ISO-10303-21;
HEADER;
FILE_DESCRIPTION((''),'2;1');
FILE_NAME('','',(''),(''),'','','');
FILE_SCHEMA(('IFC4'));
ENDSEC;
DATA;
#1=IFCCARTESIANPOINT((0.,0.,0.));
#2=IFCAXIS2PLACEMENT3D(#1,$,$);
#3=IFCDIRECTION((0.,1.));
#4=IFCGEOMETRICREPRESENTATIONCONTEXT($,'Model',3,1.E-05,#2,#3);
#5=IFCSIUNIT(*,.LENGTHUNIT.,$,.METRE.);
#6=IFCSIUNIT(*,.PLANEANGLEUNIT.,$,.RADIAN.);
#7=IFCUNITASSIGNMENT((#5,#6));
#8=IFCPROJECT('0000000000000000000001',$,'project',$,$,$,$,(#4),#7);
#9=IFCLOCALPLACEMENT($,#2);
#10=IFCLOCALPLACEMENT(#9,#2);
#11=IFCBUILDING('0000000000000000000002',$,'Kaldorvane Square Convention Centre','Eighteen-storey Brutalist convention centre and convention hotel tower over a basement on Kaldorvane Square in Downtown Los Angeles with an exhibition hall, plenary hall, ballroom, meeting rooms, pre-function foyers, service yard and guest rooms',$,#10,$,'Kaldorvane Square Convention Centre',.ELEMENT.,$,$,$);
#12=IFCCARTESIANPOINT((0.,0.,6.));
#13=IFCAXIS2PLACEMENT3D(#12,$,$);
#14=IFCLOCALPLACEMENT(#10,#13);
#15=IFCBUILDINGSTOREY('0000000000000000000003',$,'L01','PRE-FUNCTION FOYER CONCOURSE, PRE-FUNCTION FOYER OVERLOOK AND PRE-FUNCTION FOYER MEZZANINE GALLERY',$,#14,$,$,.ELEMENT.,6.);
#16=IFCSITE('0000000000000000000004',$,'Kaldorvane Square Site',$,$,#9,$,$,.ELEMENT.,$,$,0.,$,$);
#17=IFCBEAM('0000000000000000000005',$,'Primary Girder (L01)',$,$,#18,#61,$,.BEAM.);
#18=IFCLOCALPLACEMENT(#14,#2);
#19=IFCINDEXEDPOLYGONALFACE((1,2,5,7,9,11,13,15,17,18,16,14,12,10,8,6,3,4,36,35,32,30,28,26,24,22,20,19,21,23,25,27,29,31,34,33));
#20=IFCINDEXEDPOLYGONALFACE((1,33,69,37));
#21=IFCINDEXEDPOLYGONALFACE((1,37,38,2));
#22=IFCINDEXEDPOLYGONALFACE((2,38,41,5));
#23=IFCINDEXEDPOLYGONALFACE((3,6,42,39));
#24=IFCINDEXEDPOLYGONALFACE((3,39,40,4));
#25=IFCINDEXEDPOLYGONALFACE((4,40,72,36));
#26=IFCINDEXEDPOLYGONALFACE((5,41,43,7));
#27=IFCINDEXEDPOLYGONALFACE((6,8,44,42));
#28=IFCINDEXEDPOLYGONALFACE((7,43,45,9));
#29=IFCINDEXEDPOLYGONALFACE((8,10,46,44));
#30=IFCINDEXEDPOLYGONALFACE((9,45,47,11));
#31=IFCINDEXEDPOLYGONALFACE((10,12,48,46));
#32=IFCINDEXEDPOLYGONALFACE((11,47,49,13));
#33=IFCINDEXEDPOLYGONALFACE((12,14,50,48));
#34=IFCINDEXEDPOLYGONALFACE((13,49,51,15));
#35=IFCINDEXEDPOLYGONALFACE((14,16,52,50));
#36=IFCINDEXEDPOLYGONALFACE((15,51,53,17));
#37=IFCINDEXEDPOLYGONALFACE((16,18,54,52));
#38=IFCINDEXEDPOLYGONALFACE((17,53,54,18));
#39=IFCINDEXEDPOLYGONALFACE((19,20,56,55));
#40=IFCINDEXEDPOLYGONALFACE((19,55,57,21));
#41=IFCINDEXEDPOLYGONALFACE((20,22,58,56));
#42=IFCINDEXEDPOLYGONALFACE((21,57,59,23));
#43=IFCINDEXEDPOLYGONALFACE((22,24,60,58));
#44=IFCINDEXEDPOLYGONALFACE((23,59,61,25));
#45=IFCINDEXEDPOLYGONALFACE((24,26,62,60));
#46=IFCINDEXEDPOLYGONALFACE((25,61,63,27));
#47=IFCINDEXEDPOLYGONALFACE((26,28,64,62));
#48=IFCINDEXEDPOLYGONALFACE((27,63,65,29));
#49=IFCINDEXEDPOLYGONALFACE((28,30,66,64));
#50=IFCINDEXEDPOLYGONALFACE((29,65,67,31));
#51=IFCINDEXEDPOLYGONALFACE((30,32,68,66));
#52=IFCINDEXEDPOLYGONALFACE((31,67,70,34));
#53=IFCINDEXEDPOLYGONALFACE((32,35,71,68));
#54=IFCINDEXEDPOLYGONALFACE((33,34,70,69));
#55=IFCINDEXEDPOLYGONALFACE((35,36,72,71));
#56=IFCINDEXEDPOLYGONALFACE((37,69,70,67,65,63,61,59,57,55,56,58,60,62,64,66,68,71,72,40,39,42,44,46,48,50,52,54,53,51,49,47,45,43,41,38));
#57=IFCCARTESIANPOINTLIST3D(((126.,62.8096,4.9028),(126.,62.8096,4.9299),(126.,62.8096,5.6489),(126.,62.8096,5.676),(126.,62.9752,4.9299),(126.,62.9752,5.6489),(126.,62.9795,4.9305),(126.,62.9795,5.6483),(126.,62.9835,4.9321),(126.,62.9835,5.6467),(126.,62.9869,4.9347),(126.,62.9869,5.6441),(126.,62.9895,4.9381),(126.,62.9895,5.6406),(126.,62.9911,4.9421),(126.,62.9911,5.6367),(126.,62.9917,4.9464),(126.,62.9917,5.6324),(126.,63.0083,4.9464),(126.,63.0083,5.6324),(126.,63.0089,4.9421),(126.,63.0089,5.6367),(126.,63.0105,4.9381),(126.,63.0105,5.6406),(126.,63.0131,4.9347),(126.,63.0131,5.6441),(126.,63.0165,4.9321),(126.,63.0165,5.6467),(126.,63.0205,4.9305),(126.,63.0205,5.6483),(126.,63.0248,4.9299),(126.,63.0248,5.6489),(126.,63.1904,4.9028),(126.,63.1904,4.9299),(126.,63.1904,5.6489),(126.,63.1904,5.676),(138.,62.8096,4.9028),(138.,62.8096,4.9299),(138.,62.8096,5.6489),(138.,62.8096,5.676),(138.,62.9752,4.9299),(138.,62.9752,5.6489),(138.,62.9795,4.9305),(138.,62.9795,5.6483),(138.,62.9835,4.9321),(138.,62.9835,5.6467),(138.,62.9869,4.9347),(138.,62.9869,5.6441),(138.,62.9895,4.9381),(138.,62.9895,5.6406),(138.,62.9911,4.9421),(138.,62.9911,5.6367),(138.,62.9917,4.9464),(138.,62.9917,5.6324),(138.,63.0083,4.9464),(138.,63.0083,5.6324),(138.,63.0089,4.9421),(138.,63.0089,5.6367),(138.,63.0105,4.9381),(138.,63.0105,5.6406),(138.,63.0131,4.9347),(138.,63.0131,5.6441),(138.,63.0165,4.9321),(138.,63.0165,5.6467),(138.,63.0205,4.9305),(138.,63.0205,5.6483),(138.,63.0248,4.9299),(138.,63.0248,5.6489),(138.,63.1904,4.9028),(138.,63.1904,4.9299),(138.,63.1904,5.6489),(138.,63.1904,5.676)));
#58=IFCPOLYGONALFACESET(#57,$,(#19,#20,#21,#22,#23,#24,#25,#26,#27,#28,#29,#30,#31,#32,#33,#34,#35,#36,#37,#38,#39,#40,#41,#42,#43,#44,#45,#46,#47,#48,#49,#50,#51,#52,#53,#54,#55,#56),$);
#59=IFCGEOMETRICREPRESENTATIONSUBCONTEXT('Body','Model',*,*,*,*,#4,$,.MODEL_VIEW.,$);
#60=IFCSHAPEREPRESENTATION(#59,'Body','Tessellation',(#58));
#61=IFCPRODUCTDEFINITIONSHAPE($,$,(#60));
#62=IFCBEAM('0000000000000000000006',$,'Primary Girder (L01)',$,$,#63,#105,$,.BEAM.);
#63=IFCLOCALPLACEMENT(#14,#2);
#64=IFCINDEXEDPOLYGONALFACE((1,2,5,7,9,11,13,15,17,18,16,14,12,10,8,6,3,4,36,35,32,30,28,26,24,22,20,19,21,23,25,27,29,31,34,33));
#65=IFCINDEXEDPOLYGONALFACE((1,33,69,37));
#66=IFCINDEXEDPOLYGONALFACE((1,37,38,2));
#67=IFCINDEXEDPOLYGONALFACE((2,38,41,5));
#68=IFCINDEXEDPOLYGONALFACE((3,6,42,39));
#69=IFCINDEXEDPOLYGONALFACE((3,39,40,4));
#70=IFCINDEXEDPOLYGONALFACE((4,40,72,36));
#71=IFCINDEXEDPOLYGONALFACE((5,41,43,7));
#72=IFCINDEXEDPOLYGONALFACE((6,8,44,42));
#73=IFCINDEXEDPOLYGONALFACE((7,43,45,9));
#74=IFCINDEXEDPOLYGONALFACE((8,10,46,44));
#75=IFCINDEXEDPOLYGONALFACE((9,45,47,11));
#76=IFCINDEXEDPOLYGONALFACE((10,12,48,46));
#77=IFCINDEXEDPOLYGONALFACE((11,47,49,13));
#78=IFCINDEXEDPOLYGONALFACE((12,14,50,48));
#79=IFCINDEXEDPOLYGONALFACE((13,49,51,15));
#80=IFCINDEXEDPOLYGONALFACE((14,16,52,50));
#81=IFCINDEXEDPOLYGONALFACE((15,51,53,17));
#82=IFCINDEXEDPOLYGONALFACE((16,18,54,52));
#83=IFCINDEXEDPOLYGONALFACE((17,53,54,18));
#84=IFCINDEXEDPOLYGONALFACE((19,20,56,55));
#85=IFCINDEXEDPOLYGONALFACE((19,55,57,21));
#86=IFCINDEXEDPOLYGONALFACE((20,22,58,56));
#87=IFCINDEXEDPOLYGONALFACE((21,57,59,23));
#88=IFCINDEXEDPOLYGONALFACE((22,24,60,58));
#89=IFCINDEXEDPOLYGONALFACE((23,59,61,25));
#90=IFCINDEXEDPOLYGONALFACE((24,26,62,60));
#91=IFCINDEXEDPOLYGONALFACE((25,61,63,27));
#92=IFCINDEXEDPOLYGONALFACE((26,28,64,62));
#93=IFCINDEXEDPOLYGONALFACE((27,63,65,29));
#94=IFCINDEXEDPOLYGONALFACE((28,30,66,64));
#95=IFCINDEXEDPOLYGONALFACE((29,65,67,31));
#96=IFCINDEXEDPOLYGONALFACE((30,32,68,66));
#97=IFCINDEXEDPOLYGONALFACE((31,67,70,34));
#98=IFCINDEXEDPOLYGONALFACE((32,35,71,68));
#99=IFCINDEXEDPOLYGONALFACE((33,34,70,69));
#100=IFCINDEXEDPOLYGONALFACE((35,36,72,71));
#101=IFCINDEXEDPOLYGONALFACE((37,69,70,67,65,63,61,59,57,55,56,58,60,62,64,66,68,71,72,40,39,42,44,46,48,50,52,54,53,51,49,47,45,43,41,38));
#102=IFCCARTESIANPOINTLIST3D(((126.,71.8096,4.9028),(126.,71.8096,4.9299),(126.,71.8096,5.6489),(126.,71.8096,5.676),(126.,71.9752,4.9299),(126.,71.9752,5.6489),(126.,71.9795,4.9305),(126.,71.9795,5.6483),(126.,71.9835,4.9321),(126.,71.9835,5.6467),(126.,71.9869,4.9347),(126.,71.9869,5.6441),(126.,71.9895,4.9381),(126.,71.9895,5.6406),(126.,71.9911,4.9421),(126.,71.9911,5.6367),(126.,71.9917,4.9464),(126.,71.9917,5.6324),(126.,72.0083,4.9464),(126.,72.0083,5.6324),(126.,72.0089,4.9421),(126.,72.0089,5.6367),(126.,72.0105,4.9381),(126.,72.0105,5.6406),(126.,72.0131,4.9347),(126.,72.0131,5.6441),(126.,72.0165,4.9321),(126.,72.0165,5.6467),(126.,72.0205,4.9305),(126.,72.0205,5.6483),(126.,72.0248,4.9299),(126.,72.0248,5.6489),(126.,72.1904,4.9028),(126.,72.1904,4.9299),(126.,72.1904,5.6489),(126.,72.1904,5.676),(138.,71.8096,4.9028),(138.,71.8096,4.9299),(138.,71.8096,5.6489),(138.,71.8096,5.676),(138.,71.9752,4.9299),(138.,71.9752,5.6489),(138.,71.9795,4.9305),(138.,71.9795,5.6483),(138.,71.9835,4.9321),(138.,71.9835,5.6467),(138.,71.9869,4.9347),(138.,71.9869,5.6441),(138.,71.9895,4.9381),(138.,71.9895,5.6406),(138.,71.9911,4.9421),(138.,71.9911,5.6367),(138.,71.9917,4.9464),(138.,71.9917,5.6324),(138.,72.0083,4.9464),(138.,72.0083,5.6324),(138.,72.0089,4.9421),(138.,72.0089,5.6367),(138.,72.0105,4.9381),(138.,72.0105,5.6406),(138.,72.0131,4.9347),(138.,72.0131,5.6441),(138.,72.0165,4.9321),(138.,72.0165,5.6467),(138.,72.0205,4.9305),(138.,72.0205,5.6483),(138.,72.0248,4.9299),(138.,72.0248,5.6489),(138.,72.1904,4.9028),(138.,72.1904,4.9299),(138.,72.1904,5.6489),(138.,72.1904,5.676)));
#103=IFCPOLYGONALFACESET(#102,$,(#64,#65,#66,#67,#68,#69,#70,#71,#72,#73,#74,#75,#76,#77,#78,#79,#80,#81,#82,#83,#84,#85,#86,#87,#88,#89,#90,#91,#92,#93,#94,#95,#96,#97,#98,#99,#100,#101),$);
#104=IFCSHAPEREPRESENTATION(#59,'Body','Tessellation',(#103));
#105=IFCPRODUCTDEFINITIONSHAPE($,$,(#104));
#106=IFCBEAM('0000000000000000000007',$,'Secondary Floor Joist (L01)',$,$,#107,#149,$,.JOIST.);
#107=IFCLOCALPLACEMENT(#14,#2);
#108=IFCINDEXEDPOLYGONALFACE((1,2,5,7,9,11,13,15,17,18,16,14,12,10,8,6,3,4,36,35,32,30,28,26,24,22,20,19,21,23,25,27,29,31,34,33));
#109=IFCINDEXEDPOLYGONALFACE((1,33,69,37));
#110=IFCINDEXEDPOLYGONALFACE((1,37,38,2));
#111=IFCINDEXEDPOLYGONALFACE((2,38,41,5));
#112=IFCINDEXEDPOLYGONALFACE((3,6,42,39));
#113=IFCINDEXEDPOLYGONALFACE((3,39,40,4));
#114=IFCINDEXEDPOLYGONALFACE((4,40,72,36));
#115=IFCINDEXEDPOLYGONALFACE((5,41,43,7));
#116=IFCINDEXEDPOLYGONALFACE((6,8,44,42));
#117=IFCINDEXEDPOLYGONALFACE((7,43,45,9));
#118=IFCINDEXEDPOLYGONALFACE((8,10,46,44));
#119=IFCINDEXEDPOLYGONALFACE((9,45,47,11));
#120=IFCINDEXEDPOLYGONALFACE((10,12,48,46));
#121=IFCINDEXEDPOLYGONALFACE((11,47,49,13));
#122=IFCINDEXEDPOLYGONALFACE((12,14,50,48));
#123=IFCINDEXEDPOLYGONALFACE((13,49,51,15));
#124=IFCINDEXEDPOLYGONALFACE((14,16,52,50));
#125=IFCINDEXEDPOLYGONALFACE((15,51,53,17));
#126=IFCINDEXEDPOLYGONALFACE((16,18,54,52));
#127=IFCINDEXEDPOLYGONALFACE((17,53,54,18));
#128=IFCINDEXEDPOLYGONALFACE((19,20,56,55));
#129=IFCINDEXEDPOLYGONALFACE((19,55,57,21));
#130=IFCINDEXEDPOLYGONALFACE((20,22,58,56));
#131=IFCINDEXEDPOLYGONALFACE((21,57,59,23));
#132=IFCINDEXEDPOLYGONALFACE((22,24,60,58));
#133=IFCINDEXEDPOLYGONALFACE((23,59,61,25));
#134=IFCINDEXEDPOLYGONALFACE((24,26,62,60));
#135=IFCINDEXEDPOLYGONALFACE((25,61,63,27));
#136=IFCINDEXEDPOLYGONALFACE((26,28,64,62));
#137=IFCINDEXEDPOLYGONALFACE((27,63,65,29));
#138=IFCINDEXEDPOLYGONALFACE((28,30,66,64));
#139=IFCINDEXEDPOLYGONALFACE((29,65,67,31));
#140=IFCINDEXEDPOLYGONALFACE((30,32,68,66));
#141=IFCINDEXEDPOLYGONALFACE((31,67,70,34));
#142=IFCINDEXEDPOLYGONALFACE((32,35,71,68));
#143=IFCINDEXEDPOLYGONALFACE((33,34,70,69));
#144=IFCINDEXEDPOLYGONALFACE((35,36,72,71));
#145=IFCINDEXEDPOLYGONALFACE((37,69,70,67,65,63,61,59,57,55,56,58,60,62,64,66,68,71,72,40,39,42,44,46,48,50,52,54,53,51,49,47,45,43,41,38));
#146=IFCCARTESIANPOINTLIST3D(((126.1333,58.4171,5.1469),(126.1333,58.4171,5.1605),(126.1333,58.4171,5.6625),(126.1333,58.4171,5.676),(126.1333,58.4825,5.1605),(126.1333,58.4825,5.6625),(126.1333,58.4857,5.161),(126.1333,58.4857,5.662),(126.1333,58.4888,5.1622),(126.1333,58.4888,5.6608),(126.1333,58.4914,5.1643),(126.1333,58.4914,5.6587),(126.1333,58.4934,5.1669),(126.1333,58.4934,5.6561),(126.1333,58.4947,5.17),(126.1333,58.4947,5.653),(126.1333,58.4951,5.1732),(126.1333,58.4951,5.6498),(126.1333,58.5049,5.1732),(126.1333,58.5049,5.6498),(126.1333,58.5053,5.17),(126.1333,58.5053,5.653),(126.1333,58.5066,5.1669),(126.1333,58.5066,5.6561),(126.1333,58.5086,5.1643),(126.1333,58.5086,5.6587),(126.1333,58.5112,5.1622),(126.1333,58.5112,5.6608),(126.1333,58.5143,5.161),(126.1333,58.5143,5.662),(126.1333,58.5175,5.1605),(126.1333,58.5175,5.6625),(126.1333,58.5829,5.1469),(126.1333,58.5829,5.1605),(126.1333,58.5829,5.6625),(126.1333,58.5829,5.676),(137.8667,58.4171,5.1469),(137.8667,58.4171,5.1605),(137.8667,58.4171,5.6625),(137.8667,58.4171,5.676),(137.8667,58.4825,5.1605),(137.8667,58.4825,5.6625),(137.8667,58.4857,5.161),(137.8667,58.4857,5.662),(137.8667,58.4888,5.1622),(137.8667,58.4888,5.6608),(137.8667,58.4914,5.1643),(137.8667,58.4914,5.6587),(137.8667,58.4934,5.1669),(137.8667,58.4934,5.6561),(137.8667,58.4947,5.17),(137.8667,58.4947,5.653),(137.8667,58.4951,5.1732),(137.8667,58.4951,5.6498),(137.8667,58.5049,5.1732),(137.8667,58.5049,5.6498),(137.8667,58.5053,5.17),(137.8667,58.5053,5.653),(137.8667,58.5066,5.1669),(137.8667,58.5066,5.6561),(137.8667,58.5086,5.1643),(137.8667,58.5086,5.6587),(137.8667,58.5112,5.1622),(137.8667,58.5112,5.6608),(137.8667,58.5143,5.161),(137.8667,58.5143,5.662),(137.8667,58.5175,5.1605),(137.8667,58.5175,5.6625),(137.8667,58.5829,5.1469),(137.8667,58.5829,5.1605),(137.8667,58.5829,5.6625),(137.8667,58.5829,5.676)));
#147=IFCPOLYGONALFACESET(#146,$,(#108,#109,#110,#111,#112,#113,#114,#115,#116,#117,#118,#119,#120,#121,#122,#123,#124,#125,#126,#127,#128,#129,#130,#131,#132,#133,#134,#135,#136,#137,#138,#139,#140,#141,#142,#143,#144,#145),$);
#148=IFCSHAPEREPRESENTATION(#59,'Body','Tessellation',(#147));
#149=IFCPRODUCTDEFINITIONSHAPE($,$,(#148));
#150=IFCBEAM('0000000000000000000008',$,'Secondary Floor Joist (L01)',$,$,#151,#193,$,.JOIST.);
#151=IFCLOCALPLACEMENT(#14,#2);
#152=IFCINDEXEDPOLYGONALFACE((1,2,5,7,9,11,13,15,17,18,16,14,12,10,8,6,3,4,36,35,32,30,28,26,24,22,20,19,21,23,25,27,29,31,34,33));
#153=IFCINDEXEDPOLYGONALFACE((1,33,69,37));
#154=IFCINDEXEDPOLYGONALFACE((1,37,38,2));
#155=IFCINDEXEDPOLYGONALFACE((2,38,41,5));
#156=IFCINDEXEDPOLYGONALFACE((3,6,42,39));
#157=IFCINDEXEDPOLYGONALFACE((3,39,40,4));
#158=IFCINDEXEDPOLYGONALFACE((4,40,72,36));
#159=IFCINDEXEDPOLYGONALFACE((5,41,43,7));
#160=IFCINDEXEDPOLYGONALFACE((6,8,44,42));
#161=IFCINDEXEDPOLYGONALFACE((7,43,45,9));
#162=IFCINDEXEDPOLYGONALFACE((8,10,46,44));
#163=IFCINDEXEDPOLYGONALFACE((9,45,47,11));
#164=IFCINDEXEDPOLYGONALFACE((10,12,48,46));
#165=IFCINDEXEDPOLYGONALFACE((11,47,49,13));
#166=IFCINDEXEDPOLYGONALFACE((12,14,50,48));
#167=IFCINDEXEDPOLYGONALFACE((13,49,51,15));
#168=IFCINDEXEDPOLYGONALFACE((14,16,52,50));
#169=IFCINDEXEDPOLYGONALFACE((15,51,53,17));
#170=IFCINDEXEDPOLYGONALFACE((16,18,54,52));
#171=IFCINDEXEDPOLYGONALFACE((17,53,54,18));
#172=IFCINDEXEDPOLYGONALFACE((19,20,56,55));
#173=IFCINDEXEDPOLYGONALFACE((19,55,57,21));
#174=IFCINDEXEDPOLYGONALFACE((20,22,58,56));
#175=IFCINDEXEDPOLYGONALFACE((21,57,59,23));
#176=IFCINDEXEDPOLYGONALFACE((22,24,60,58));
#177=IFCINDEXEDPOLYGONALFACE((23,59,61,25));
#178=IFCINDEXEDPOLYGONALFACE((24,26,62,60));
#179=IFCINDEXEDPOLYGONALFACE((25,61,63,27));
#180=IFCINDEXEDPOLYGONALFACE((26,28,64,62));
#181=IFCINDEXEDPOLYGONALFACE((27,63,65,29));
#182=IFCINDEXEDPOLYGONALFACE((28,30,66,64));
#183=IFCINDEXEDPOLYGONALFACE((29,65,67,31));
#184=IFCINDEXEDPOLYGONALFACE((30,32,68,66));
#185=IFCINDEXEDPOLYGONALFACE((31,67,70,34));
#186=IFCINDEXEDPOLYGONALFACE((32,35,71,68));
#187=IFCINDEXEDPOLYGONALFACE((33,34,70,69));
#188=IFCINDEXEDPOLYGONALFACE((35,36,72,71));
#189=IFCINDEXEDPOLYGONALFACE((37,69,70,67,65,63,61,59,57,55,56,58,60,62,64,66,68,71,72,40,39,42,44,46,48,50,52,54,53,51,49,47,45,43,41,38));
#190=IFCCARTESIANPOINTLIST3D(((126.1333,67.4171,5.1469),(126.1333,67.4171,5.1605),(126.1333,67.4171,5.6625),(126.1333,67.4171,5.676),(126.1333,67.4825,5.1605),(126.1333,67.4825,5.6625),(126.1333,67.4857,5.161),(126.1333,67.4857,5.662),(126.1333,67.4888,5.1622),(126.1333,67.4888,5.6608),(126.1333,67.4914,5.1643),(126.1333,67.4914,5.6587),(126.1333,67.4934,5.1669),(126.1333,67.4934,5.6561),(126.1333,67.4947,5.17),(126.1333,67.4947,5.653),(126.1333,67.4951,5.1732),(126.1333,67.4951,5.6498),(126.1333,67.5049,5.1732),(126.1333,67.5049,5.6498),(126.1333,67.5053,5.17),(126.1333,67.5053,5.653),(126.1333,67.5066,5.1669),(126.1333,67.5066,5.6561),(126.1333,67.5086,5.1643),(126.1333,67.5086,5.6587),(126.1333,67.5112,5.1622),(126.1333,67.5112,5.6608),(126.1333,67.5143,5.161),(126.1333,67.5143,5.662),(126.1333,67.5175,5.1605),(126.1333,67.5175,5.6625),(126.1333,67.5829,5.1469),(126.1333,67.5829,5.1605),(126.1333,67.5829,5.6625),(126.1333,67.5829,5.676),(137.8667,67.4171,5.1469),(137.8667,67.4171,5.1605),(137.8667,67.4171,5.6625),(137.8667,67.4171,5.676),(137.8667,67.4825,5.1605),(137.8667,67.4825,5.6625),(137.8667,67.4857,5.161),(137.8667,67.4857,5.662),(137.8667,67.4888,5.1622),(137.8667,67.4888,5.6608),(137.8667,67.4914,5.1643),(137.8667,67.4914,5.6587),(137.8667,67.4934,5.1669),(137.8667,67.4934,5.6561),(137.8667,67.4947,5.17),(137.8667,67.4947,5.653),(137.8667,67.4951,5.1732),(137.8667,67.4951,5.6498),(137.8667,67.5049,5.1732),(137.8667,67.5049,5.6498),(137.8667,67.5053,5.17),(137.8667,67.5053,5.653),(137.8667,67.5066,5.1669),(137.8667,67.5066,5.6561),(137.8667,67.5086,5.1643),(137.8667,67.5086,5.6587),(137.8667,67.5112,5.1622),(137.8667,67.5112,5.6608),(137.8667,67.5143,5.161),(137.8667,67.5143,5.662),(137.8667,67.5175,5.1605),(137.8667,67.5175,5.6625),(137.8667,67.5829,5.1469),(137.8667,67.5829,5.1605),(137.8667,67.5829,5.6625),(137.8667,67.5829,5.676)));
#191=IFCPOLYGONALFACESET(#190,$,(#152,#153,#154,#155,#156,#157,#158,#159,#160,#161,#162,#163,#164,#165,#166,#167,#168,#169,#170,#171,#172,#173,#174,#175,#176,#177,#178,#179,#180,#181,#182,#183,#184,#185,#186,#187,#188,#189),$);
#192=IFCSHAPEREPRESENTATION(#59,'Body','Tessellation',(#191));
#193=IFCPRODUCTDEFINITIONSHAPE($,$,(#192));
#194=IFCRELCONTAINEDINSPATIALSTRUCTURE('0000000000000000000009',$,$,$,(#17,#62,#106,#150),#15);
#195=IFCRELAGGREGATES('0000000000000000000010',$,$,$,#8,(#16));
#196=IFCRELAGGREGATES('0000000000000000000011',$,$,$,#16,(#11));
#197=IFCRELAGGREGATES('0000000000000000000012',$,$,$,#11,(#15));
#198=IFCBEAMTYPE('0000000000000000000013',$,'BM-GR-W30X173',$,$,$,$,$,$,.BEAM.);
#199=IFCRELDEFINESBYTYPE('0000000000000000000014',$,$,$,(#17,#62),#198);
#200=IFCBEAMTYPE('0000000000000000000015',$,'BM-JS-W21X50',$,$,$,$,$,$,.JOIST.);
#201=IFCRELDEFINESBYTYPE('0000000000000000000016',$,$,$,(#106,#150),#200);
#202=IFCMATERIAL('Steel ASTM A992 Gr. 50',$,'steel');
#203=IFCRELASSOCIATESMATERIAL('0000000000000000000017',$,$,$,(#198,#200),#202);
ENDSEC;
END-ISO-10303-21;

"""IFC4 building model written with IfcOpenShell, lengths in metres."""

from ifc_helpers import new_model, si_unit, direction, frame, origin, origin_2d, place, context, subcontext, project, spatial, i_section, extrude, material, material_profile, profile_set, type_object, element, save


model = new_model("IFC4")

# Units and contexts
model_context = context("Model", 3, precision=1e-05, world=origin(), true_north=direction((0.0, 1.0)))
body_context = subcontext(model_context, "Body", "Model", "MODEL_VIEW")
ifc_project = project(units=[si_unit("LENGTHUNIT", "METRE"), si_unit("PLANEANGLEUNIT", "RADIAN")], contexts=[model_context])

# Site, building, storey
site_placement = place(None, origin())
site = spatial("IfcSite", under=ifc_project, at=site_placement, Name="Kaldorvane Square Site", CompositionType="ELEMENT", RefElevation=0.0)
building_placement = place(site_placement, origin())
building = spatial("IfcBuilding", under=site, at=building_placement, Name="Kaldorvane Square Convention Centre", Description="Eighteen-storey Brutalist convention centre and convention hotel tower over a basement on Kaldorvane Square in Downtown Los Angeles with an exhibition hall, plenary hall, ballroom, meeting rooms, pre-function foyers, service yard and guest rooms", LongName="Kaldorvane Square Convention Centre", CompositionType="ELEMENT")
storey_placement = place(building_placement, frame((0.0, 0.0, 6.0)))
storey = spatial("IfcBuildingStorey", under=building, at=storey_placement, Name="L01", Description="PRE-FUNCTION FOYER CONCOURSE, PRE-FUNCTION FOYER OVERLOOK AND PRE-FUNCTION FOYER MEZZANINE GALLERY", CompositionType="ELEMENT", Elevation=6.0)

# Shared definitions
ifc_material_1 = material(Name="Steel ASTM A992 Gr. 50", Category="steel")

# Beams
ifc_material_profile_1 = material_profile(ifc_material_1, i_section(OverallWidth=0.3807, OverallDepth=0.7732, WebThickness=0.0166, FlangeThickness=0.0271, FilletRadius=0.0165, at=origin_2d()), Name="W30X173")
ifc_profile_set_1 = profile_set([ifc_material_profile_1], Name="Steel ASTM A992 Gr. 50")
beam_type_1 = type_object("IfcBeamType", Name="BM-GR-W30X173", PredefinedType="BEAM", material=ifc_profile_set_1)
for number, where, z_axis, x_axis, name in (
    (1, (126.0, 63.0, 5.2894), (1.0, 0.0, 0.0), (0.0, 1.0, 0.0), "Primary Girder (L01)"),
    (2, (126.0, 72.0, 5.2894), (1.0, 0.0, 0.0), (0.0, 1.0, 0.0), "Primary Girder (L01)"),
):
    element("IfcBeam", number, at=place(storey_placement, frame(where, z_axis=z_axis, x_axis=x_axis)), inside=storey, type_object=beam_type_1, Name=name, PredefinedType="BEAM", context=body_context, shape_type="SweptSolid", body=[
        extrude(i_section(OverallWidth=0.3807, OverallDepth=0.7732, WebThickness=0.0166, FlangeThickness=0.0271, FilletRadius=0.0165, at=origin_2d()), origin(), (0.0, 0.0, 1.0), 12.0),
    ])
ifc_material_profile_2 = material_profile(ifc_material_1, i_section(OverallWidth=0.1659, OverallDepth=0.5291, WebThickness=0.0097, FlangeThickness=0.0136, FilletRadius=0.0127, at=origin_2d()), Name="W21X50")
ifc_profile_set_2 = profile_set([ifc_material_profile_2], Name="Steel ASTM A992 Gr. 50")
beam_type_2 = type_object("IfcBeamType", Name="BM-JS-W21X50", PredefinedType="JOIST", material=ifc_profile_set_2)
for number, where, z_axis, x_axis, name in (
    (3, (126.1333, 58.5, 5.4115), (1.0, 0.0, 0.0), (0.0, 1.0, 0.0), "Secondary Floor Joist (L01)"),
    (4, (126.1333, 67.5, 5.4115), (1.0, 0.0, 0.0), (0.0, 1.0, 0.0), "Secondary Floor Joist (L01)"),
):
    element("IfcBeam", number, at=place(storey_placement, frame(where, z_axis=z_axis, x_axis=x_axis)), inside=storey, type_object=beam_type_2, Name=name, PredefinedType="JOIST", context=body_context, shape_type="SweptSolid", body=[
        extrude(i_section(OverallWidth=0.1659, OverallDepth=0.5291, WebThickness=0.0097, FlangeThickness=0.0136, FilletRadius=0.0127, at=origin_2d()), origin(), (0.0, 0.0, 1.0), 11.7334),
    ])

save(model, "model.ifc")
